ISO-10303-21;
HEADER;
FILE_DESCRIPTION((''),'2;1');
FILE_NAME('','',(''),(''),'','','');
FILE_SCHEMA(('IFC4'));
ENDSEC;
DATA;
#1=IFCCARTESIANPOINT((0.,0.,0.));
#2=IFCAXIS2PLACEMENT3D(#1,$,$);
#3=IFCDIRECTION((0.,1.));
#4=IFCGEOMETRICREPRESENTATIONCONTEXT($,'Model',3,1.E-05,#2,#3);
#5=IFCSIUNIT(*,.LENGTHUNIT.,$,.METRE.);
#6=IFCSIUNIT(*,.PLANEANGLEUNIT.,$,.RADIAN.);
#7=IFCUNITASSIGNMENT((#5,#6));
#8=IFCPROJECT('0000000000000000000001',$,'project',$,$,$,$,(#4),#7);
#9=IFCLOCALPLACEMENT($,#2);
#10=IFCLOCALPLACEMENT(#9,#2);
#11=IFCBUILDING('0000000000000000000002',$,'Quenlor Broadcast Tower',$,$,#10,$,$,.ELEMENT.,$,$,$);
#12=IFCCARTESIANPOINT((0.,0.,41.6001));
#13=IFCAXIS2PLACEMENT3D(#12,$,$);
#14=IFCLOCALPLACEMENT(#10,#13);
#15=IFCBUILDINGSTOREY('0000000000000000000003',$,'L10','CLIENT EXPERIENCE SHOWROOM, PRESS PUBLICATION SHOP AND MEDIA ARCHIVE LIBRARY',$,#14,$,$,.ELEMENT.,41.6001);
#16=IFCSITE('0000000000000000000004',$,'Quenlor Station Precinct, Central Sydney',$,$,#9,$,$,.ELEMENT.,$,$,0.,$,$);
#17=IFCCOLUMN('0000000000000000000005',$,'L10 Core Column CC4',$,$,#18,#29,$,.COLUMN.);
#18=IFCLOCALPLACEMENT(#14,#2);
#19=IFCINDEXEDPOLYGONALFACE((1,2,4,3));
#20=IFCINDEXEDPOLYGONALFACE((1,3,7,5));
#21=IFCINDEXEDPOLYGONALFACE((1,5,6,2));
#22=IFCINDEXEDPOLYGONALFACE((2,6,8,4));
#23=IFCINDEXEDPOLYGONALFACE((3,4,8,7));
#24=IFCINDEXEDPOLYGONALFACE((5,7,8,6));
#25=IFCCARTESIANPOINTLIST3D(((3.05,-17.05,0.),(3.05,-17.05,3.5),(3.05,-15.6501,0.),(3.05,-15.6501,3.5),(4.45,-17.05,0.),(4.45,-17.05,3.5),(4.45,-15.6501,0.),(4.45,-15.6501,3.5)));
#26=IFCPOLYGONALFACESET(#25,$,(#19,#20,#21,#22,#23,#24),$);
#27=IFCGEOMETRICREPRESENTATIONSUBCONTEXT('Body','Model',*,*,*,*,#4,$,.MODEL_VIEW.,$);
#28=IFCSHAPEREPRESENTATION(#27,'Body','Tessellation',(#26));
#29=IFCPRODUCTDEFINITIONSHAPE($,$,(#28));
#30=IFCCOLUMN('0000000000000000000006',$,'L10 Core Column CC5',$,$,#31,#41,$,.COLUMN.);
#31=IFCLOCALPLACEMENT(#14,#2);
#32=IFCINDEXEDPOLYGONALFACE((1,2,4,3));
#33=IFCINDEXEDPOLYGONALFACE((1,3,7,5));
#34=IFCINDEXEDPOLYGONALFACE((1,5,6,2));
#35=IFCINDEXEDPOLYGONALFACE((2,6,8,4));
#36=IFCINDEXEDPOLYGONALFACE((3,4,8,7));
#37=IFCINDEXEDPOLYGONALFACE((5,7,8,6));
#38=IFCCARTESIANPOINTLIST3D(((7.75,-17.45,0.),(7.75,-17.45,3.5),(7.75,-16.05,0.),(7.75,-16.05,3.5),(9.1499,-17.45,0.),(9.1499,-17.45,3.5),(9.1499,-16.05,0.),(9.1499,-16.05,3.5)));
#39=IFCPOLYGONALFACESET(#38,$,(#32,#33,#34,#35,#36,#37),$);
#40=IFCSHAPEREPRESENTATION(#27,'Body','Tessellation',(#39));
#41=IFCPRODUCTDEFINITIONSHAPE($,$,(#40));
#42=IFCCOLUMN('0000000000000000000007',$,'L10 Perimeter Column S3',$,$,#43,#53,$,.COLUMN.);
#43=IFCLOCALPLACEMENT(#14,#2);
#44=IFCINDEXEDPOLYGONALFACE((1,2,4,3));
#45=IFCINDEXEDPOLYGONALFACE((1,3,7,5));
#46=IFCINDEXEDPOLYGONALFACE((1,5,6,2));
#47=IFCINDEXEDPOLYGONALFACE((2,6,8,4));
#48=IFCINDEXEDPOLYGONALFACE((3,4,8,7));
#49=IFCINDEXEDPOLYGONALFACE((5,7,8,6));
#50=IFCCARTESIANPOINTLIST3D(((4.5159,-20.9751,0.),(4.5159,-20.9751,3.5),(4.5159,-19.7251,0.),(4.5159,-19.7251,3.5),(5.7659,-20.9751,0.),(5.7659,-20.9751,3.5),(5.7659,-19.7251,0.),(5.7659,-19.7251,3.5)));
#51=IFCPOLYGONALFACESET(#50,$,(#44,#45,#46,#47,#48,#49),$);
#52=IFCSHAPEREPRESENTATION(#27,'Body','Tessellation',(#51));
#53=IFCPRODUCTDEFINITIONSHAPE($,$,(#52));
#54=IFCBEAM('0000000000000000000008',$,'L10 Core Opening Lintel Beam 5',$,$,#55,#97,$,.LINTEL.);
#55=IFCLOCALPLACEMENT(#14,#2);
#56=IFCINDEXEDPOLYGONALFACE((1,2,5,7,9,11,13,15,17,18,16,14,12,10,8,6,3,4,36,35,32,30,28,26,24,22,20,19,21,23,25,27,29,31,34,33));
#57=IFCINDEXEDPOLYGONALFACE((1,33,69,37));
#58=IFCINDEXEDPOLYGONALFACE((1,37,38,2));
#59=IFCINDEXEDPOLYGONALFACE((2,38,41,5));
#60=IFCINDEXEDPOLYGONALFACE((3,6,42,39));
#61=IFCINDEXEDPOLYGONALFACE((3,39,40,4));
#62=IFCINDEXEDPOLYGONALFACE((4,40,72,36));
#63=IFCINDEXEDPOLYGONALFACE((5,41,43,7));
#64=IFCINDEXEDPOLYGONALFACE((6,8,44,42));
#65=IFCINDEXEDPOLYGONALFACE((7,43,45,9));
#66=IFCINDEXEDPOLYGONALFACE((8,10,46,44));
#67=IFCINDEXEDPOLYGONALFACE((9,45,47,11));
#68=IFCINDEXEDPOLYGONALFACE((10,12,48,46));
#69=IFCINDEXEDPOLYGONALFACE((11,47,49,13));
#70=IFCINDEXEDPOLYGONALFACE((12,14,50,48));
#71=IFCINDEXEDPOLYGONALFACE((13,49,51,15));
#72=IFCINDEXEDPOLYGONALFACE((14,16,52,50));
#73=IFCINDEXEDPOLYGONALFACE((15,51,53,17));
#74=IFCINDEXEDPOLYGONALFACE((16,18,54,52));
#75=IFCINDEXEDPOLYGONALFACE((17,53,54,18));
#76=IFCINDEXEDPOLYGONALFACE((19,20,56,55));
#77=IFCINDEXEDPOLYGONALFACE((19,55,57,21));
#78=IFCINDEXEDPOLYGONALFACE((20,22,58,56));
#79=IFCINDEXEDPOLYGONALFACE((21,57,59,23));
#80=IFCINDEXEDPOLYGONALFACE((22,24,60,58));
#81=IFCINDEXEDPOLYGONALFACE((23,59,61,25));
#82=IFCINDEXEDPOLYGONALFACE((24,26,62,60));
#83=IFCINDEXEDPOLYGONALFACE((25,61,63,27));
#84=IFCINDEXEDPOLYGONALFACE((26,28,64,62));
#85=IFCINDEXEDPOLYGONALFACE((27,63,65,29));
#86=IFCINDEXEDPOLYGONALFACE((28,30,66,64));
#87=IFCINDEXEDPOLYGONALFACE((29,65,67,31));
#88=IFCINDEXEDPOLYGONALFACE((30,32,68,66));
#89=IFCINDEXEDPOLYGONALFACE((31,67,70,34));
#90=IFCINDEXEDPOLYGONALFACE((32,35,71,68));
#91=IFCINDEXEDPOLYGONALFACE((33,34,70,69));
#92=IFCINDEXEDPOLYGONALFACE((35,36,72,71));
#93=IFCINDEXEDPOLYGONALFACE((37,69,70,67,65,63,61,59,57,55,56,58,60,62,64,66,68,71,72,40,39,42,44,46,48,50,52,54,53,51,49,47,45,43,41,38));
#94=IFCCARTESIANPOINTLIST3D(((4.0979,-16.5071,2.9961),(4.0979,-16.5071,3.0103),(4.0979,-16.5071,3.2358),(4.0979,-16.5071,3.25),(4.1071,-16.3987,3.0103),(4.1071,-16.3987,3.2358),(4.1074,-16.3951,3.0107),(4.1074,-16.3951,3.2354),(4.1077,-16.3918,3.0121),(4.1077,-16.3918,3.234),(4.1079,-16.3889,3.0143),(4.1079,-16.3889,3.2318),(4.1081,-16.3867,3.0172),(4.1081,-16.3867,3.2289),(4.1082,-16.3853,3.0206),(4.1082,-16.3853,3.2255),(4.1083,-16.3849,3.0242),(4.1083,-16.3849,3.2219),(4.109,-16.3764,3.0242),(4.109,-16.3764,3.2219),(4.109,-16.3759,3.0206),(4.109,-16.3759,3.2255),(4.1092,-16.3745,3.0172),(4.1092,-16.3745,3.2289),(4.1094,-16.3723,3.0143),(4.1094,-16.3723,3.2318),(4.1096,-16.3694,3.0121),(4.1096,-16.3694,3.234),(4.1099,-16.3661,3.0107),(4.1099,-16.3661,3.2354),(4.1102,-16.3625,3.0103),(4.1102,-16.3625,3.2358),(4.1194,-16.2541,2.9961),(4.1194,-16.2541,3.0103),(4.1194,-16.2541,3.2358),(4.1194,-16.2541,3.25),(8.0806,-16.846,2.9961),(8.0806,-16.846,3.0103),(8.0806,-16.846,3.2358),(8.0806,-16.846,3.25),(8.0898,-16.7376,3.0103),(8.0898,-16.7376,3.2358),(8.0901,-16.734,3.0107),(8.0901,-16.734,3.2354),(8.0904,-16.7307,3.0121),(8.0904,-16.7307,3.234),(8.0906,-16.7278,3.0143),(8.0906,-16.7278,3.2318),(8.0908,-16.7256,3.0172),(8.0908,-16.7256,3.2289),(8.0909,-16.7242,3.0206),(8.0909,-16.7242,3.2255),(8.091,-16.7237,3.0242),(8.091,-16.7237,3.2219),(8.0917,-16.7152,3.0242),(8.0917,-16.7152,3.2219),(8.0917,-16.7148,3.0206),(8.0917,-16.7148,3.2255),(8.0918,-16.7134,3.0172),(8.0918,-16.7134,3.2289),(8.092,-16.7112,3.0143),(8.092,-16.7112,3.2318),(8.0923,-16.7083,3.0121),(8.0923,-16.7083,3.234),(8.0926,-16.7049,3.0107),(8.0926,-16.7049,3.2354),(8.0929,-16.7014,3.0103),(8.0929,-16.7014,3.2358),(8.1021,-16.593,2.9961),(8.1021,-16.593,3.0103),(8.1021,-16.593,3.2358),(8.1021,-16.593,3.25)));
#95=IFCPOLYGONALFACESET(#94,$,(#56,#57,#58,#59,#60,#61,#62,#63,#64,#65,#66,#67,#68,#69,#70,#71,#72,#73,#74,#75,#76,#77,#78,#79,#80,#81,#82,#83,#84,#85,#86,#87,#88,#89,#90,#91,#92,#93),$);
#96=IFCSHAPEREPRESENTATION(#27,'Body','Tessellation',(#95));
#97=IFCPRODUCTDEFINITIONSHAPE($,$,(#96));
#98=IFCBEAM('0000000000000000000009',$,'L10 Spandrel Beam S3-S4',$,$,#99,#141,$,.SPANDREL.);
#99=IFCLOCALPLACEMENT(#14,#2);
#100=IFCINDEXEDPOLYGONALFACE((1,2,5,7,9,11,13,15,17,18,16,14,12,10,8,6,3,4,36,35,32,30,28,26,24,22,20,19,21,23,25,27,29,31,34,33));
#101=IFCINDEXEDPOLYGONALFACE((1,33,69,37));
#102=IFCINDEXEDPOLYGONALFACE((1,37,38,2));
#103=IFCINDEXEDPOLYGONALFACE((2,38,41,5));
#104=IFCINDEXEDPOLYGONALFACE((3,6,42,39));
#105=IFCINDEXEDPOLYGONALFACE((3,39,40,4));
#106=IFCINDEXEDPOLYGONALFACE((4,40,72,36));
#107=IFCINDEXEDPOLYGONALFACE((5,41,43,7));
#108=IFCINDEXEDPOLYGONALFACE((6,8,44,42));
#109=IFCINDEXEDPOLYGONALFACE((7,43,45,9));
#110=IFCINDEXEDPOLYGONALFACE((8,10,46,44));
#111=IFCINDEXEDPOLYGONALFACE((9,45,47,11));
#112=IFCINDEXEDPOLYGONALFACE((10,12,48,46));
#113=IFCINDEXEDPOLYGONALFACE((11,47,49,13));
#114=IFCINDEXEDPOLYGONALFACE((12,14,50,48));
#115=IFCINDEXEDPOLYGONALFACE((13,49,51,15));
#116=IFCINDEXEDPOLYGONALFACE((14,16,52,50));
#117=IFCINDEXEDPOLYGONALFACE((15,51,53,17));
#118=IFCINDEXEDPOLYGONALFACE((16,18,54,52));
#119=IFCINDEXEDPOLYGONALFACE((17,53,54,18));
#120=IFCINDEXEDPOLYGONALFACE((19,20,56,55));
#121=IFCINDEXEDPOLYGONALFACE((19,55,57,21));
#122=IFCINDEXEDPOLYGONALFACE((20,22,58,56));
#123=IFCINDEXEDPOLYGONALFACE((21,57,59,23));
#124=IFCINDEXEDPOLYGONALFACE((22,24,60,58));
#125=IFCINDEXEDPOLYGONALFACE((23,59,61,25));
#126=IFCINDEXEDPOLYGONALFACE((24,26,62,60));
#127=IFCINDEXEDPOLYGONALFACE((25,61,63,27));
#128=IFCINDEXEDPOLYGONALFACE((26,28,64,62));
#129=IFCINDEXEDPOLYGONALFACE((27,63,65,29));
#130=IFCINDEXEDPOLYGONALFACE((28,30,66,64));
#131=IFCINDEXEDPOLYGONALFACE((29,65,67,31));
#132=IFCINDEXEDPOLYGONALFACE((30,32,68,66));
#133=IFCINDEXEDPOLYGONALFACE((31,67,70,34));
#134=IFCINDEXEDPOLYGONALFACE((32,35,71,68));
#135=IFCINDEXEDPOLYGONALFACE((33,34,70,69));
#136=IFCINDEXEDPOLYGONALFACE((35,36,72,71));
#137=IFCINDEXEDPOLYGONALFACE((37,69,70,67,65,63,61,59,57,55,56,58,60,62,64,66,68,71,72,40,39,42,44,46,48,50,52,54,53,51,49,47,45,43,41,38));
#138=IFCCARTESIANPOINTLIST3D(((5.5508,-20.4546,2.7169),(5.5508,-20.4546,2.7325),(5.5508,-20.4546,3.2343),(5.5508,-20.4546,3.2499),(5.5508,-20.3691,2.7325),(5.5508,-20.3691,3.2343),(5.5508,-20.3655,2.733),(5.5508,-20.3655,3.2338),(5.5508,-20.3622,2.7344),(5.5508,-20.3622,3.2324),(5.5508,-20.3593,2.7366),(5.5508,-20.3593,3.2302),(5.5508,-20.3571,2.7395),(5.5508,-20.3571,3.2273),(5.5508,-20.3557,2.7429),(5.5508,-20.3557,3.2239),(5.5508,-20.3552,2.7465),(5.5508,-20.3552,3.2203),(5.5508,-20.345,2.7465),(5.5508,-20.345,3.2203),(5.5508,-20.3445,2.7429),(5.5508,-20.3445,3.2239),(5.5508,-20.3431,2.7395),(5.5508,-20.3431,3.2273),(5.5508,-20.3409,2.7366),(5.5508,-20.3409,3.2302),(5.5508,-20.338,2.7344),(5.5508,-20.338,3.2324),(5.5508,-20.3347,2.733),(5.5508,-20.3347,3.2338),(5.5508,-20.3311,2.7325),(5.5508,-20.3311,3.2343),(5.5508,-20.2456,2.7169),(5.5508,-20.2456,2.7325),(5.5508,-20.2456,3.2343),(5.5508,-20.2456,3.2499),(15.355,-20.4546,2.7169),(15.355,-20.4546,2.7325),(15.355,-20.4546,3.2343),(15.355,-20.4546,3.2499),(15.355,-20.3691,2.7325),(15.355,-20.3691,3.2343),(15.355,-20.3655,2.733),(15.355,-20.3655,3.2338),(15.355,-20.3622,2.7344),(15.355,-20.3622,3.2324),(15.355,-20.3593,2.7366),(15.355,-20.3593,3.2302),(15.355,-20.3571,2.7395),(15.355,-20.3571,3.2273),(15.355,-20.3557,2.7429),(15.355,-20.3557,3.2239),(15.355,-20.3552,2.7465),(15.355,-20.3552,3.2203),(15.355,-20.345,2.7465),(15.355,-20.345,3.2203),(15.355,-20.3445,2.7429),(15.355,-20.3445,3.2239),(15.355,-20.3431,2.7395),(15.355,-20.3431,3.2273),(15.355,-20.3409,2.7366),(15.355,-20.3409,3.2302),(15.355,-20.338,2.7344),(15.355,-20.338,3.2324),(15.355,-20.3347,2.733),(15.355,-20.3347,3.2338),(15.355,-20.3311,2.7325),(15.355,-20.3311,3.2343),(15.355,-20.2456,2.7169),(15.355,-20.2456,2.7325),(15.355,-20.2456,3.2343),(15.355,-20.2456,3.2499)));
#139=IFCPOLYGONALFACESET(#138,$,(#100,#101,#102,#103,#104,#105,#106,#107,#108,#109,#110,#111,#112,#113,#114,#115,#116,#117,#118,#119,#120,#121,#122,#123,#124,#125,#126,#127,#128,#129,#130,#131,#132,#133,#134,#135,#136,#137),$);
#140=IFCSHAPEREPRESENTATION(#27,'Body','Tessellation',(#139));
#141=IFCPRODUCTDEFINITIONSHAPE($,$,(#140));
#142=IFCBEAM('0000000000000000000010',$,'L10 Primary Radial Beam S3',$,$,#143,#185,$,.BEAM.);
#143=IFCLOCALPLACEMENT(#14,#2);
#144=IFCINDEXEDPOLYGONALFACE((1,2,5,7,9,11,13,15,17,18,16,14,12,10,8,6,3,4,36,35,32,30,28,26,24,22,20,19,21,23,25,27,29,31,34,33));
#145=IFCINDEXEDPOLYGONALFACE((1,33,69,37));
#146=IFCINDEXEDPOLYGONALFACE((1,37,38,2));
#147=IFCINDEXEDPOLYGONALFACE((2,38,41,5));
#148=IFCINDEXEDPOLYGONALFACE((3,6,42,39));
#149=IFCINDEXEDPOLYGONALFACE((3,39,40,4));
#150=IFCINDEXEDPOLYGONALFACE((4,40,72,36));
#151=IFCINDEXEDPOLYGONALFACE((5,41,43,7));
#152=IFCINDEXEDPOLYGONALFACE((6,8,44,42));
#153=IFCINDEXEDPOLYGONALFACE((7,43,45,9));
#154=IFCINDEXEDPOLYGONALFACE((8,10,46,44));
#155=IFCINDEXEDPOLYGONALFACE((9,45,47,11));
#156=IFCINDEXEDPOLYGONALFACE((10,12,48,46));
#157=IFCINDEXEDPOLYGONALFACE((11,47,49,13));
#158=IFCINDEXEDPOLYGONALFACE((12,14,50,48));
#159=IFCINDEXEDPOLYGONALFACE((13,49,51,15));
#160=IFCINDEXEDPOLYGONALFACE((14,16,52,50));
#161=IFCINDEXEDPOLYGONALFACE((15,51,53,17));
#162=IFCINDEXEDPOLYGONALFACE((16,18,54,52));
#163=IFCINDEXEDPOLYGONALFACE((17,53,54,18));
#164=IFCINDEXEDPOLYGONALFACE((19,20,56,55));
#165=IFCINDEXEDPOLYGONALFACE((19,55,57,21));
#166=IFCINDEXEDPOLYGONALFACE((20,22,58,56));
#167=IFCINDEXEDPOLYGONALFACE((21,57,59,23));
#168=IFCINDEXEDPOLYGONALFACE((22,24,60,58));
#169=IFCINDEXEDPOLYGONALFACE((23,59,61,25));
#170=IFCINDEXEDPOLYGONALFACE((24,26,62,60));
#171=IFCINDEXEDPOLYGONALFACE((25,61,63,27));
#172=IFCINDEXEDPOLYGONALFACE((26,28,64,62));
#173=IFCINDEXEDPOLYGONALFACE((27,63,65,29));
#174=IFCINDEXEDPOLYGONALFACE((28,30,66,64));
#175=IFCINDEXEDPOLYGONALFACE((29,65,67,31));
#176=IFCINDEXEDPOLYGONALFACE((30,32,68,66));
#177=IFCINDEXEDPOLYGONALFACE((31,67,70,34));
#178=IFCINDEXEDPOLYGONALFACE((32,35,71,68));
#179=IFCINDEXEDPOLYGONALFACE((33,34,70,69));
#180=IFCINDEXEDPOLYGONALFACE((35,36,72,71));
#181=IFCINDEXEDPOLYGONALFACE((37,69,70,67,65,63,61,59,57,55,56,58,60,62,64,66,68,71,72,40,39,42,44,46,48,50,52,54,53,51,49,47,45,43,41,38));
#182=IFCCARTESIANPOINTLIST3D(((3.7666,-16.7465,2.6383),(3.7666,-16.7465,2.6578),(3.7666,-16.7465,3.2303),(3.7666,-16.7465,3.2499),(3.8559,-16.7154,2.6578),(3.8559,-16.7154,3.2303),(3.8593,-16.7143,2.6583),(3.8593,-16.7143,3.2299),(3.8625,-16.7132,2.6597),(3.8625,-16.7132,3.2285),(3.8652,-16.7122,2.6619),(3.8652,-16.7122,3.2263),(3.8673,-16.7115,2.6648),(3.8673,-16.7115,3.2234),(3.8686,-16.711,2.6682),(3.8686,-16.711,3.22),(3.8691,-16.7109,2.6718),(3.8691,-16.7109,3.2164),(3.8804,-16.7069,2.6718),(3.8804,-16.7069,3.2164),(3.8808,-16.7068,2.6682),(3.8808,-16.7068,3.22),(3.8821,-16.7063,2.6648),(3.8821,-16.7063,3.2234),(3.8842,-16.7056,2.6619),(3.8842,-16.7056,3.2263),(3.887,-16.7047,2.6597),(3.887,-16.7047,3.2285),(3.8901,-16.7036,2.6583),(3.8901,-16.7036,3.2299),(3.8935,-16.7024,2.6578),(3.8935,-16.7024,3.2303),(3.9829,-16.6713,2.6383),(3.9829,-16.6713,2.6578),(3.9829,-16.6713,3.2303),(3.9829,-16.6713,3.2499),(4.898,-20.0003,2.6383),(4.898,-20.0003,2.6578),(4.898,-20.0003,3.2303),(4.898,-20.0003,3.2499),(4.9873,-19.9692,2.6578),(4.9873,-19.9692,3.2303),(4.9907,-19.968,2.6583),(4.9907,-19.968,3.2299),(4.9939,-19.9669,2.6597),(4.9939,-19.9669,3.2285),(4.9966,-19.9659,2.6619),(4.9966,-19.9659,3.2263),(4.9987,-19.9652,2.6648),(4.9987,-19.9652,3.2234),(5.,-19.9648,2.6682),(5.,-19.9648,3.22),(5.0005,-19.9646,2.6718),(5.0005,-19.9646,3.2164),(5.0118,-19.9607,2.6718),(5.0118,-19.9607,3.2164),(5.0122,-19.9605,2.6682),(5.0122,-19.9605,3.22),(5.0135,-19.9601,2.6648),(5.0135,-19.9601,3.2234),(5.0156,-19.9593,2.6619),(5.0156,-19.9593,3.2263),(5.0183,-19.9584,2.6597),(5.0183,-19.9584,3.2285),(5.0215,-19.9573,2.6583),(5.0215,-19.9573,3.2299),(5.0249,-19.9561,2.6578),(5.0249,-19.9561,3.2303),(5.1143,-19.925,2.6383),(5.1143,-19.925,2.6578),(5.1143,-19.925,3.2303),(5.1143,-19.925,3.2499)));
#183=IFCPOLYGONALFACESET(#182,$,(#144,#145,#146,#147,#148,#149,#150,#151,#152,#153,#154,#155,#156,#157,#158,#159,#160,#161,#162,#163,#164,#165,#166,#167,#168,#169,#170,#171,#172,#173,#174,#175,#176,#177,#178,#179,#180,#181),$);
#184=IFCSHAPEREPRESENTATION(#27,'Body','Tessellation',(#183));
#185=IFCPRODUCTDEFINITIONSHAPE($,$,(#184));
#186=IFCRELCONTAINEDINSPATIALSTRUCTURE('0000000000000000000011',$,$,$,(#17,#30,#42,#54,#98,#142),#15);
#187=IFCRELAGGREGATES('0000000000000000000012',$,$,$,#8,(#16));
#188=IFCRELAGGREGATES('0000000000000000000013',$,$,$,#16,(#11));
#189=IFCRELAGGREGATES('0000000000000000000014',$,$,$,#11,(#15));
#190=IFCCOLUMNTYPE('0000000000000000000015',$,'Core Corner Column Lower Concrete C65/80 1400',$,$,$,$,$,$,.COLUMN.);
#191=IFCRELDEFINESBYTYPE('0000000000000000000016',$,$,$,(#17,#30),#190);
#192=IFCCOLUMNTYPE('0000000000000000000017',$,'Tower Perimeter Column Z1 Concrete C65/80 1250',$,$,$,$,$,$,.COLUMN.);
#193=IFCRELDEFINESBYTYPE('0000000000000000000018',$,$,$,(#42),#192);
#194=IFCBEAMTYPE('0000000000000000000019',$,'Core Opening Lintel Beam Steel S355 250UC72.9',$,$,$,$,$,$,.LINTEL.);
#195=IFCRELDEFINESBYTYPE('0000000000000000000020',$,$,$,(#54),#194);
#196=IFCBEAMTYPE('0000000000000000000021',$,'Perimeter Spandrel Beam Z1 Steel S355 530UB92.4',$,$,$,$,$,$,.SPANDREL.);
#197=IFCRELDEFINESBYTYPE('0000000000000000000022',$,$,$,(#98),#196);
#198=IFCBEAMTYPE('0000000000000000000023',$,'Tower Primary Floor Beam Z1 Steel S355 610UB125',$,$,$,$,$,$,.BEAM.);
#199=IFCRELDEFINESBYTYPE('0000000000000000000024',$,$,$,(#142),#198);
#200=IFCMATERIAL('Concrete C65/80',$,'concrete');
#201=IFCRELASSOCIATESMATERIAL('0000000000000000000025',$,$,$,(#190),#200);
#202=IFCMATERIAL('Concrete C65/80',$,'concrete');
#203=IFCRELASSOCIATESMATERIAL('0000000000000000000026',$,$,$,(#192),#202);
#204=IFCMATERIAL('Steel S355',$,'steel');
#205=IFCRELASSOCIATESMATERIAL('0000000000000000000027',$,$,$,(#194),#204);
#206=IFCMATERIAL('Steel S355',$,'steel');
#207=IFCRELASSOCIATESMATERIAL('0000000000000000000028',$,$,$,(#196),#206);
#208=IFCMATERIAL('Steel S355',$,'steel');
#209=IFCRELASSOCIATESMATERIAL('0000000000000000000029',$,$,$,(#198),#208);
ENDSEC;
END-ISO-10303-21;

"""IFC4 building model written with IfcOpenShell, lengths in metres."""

from ifc_helpers import new_model, si_unit, direction, frame, origin, origin_2d, place, context, subcontext, project, spatial, rectangle, i_section, extrude, material, material_profile, profile_set, type_object, element, save


model = new_model("IFC4")

# Units and contexts
model_context = context("Model", 3, precision=1e-05, world=origin(), true_north=direction((0.0, 1.0)))
body_context = subcontext(model_context, "Body", "Model", "MODEL_VIEW")
ifc_project = project(units=[si_unit("LENGTHUNIT", "METRE"), si_unit("PLANEANGLEUNIT", "RADIAN")], contexts=[model_context])

# Site, building, storey
site_placement = place(None, origin())
site = spatial("IfcSite", under=ifc_project, at=site_placement, Name="Quenlor Station Precinct, Central Sydney", CompositionType="ELEMENT", RefElevation=0.0)
building_placement = place(site_placement, origin())
building = spatial("IfcBuilding", under=site, at=building_placement, Name="Quenlor Broadcast Tower", CompositionType="ELEMENT")
storey_placement = place(building_placement, frame((0.0, 0.0, 41.6001)))
storey = spatial("IfcBuildingStorey", under=building, at=storey_placement, Name="L10", Description="CLIENT EXPERIENCE SHOWROOM, PRESS PUBLICATION SHOP AND MEDIA ARCHIVE LIBRARY", CompositionType="ELEMENT", Elevation=41.6001)

# Columns
ifc_material_1 = material(Name="Concrete C65/80", Category="concrete")
ifc_material_profile_1 = material_profile(ifc_material_1, rectangle(XDim=1.3999, YDim=1.3999, at=origin_2d()))
ifc_profile_set_1 = profile_set([ifc_material_profile_1], Name="Concrete C65/80 RC1400x1400")
column_type_1 = type_object("IfcColumnType", Name="Core Corner Column Lower Concrete C65/80 1400", PredefinedType="COLUMN", material=ifc_profile_set_1)
for number, where, z_axis, x_axis, name in (
    (1, (3.75, -16.3501, 0.0), (0.0, 0.0, 1.0), (1.0, 0.0, 0.0), "L10 Core Column CC4"),
    (2, (8.45, -16.75, 0.0), (0.0, 0.0, 1.0), (1.0, 0.0, 0.0), "L10 Core Column CC5"),
):
    element("IfcColumn", number, at=place(storey_placement, frame(where, z_axis=z_axis, x_axis=x_axis)), inside=storey, type_object=column_type_1, Name=name, PredefinedType="COLUMN", context=body_context, shape_type="SweptSolid", body=[
        extrude(rectangle(XDim=1.3999, YDim=1.3999, at=origin_2d()), origin(), (0.0, 0.0, 1.0), 3.5),
    ])
ifc_material_2 = material(Name="Concrete C65/80", Category="concrete")
ifc_material_profile_2 = material_profile(ifc_material_2, rectangle(XDim=1.25, YDim=1.25, at=origin_2d()))
ifc_profile_set_2 = profile_set([ifc_material_profile_2], Name="Concrete C65/80 RC1250x1250")
column_type_2 = type_object("IfcColumnType", Name="Tower Perimeter Column Z1 Concrete C65/80 1250", PredefinedType="COLUMN", material=ifc_profile_set_2)
column_placement = place(storey_placement, frame((5.1409, -20.3501, 0.0), z_axis=(0.0, 0.0, 1.0), x_axis=(0.0, 1.0, 0.0)))
element("IfcColumn", 3, at=column_placement, inside=storey, type_object=column_type_2, Name="L10 Perimeter Column S3", PredefinedType="COLUMN", context=body_context, shape_type="SweptSolid", body=[
    extrude(rectangle(XDim=1.25, YDim=1.25, at=origin_2d()), origin(), (0.0, 0.0, 1.0), 3.5),
])

# Beams
ifc_material_3 = material(Name="Steel S355", Category="steel")
ifc_material_profile_3 = material_profile(ifc_material_3, i_section(OverallWidth=0.2539, OverallDepth=0.2539, WebThickness=0.0085, FlangeThickness=0.0142, FilletRadius=0.0139, at=origin_2d()))
ifc_profile_set_3 = profile_set([ifc_material_profile_3], Name="Steel S355 250UC72.9")
beam_type_1 = type_object("IfcBeamType", Name="Core Opening Lintel Beam Steel S355 250UC72.9", PredefinedType="LINTEL", material=ifc_profile_set_3)
beam_1_placement = place(storey_placement, frame((4.1086, -16.3806, 3.123), z_axis=(0.9964, -0.084779, 0.0), x_axis=(0.084779, 0.9964, 0.0)))
element("IfcBeam", 4, at=beam_1_placement, inside=storey, type_object=beam_type_1, Name="L10 Core Opening Lintel Beam 5", PredefinedType="LINTEL", context=body_context, shape_type="SweptSolid", body=[
    extrude(i_section(OverallWidth=0.2539, OverallDepth=0.2539, WebThickness=0.0085, FlangeThickness=0.0142, FilletRadius=0.0139, at=origin_2d()), origin(), (0.0, 0.0, 1.0), 3.9971),
])
ifc_material_4 = material(Name="Steel S355", Category="steel")
ifc_material_profile_4 = material_profile(ifc_material_4, i_section(OverallWidth=0.209, OverallDepth=0.533, WebThickness=0.0103, FlangeThickness=0.0156, FilletRadius=0.0139, at=origin_2d()))
ifc_profile_set_4 = profile_set([ifc_material_profile_4], Name="Steel S355 530UB92.4")
beam_type_2 = type_object("IfcBeamType", Name="Perimeter Spandrel Beam Z1 Steel S355 530UB92.4", PredefinedType="SPANDREL", material=ifc_profile_set_4)
beam_2_placement = place(storey_placement, frame((5.5508, -20.3501, 2.9834), z_axis=(1.0, 0.0, 0.0), x_axis=(0.0, 1.0, 0.0)))
element("IfcBeam", 5, at=beam_2_placement, inside=storey, type_object=beam_type_2, Name="L10 Spandrel Beam S3-S4", PredefinedType="SPANDREL", context=body_context, shape_type="SweptSolid", body=[
    extrude(i_section(OverallWidth=0.209, OverallDepth=0.533, WebThickness=0.0103, FlangeThickness=0.0156, FilletRadius=0.0139, at=origin_2d()), origin(), (0.0, 0.0, 1.0), 9.8042),
])
ifc_material_5 = material(Name="Steel S355", Category="steel")
ifc_material_profile_5 = material_profile(ifc_material_5, i_section(OverallWidth=0.229, OverallDepth=0.6116, WebThickness=0.012, FlangeThickness=0.0195, FilletRadius=0.0139, at=origin_2d()))
ifc_profile_set_5 = profile_set([ifc_material_profile_5], Name="Steel S355 610UB125")
beam_type_3 = type_object("IfcBeamType", Name="Tower Primary Floor Beam Z1 Steel S355 610UB125", PredefinedType="BEAM", material=ifc_profile_set_5)
beam_3_placement = place(storey_placement, frame((5.0061, -19.9626, 2.9441), z_axis=(-0.328427, 0.944529, 0.0), x_axis=(-0.944529, -0.328427, 0.0)))
element("IfcBeam", 6, at=beam_3_placement, inside=storey, type_object=beam_type_3, Name="L10 Primary Radial Beam S3", PredefinedType="BEAM", context=body_context, shape_type="SweptSolid", body=[
    extrude(i_section(OverallWidth=0.229, OverallDepth=0.6116, WebThickness=0.012, FlangeThickness=0.0195, FilletRadius=0.0139, at=origin_2d()), origin(), (0.0, 0.0, 1.0), 3.4448),
])

save(model, "model.ifc")
